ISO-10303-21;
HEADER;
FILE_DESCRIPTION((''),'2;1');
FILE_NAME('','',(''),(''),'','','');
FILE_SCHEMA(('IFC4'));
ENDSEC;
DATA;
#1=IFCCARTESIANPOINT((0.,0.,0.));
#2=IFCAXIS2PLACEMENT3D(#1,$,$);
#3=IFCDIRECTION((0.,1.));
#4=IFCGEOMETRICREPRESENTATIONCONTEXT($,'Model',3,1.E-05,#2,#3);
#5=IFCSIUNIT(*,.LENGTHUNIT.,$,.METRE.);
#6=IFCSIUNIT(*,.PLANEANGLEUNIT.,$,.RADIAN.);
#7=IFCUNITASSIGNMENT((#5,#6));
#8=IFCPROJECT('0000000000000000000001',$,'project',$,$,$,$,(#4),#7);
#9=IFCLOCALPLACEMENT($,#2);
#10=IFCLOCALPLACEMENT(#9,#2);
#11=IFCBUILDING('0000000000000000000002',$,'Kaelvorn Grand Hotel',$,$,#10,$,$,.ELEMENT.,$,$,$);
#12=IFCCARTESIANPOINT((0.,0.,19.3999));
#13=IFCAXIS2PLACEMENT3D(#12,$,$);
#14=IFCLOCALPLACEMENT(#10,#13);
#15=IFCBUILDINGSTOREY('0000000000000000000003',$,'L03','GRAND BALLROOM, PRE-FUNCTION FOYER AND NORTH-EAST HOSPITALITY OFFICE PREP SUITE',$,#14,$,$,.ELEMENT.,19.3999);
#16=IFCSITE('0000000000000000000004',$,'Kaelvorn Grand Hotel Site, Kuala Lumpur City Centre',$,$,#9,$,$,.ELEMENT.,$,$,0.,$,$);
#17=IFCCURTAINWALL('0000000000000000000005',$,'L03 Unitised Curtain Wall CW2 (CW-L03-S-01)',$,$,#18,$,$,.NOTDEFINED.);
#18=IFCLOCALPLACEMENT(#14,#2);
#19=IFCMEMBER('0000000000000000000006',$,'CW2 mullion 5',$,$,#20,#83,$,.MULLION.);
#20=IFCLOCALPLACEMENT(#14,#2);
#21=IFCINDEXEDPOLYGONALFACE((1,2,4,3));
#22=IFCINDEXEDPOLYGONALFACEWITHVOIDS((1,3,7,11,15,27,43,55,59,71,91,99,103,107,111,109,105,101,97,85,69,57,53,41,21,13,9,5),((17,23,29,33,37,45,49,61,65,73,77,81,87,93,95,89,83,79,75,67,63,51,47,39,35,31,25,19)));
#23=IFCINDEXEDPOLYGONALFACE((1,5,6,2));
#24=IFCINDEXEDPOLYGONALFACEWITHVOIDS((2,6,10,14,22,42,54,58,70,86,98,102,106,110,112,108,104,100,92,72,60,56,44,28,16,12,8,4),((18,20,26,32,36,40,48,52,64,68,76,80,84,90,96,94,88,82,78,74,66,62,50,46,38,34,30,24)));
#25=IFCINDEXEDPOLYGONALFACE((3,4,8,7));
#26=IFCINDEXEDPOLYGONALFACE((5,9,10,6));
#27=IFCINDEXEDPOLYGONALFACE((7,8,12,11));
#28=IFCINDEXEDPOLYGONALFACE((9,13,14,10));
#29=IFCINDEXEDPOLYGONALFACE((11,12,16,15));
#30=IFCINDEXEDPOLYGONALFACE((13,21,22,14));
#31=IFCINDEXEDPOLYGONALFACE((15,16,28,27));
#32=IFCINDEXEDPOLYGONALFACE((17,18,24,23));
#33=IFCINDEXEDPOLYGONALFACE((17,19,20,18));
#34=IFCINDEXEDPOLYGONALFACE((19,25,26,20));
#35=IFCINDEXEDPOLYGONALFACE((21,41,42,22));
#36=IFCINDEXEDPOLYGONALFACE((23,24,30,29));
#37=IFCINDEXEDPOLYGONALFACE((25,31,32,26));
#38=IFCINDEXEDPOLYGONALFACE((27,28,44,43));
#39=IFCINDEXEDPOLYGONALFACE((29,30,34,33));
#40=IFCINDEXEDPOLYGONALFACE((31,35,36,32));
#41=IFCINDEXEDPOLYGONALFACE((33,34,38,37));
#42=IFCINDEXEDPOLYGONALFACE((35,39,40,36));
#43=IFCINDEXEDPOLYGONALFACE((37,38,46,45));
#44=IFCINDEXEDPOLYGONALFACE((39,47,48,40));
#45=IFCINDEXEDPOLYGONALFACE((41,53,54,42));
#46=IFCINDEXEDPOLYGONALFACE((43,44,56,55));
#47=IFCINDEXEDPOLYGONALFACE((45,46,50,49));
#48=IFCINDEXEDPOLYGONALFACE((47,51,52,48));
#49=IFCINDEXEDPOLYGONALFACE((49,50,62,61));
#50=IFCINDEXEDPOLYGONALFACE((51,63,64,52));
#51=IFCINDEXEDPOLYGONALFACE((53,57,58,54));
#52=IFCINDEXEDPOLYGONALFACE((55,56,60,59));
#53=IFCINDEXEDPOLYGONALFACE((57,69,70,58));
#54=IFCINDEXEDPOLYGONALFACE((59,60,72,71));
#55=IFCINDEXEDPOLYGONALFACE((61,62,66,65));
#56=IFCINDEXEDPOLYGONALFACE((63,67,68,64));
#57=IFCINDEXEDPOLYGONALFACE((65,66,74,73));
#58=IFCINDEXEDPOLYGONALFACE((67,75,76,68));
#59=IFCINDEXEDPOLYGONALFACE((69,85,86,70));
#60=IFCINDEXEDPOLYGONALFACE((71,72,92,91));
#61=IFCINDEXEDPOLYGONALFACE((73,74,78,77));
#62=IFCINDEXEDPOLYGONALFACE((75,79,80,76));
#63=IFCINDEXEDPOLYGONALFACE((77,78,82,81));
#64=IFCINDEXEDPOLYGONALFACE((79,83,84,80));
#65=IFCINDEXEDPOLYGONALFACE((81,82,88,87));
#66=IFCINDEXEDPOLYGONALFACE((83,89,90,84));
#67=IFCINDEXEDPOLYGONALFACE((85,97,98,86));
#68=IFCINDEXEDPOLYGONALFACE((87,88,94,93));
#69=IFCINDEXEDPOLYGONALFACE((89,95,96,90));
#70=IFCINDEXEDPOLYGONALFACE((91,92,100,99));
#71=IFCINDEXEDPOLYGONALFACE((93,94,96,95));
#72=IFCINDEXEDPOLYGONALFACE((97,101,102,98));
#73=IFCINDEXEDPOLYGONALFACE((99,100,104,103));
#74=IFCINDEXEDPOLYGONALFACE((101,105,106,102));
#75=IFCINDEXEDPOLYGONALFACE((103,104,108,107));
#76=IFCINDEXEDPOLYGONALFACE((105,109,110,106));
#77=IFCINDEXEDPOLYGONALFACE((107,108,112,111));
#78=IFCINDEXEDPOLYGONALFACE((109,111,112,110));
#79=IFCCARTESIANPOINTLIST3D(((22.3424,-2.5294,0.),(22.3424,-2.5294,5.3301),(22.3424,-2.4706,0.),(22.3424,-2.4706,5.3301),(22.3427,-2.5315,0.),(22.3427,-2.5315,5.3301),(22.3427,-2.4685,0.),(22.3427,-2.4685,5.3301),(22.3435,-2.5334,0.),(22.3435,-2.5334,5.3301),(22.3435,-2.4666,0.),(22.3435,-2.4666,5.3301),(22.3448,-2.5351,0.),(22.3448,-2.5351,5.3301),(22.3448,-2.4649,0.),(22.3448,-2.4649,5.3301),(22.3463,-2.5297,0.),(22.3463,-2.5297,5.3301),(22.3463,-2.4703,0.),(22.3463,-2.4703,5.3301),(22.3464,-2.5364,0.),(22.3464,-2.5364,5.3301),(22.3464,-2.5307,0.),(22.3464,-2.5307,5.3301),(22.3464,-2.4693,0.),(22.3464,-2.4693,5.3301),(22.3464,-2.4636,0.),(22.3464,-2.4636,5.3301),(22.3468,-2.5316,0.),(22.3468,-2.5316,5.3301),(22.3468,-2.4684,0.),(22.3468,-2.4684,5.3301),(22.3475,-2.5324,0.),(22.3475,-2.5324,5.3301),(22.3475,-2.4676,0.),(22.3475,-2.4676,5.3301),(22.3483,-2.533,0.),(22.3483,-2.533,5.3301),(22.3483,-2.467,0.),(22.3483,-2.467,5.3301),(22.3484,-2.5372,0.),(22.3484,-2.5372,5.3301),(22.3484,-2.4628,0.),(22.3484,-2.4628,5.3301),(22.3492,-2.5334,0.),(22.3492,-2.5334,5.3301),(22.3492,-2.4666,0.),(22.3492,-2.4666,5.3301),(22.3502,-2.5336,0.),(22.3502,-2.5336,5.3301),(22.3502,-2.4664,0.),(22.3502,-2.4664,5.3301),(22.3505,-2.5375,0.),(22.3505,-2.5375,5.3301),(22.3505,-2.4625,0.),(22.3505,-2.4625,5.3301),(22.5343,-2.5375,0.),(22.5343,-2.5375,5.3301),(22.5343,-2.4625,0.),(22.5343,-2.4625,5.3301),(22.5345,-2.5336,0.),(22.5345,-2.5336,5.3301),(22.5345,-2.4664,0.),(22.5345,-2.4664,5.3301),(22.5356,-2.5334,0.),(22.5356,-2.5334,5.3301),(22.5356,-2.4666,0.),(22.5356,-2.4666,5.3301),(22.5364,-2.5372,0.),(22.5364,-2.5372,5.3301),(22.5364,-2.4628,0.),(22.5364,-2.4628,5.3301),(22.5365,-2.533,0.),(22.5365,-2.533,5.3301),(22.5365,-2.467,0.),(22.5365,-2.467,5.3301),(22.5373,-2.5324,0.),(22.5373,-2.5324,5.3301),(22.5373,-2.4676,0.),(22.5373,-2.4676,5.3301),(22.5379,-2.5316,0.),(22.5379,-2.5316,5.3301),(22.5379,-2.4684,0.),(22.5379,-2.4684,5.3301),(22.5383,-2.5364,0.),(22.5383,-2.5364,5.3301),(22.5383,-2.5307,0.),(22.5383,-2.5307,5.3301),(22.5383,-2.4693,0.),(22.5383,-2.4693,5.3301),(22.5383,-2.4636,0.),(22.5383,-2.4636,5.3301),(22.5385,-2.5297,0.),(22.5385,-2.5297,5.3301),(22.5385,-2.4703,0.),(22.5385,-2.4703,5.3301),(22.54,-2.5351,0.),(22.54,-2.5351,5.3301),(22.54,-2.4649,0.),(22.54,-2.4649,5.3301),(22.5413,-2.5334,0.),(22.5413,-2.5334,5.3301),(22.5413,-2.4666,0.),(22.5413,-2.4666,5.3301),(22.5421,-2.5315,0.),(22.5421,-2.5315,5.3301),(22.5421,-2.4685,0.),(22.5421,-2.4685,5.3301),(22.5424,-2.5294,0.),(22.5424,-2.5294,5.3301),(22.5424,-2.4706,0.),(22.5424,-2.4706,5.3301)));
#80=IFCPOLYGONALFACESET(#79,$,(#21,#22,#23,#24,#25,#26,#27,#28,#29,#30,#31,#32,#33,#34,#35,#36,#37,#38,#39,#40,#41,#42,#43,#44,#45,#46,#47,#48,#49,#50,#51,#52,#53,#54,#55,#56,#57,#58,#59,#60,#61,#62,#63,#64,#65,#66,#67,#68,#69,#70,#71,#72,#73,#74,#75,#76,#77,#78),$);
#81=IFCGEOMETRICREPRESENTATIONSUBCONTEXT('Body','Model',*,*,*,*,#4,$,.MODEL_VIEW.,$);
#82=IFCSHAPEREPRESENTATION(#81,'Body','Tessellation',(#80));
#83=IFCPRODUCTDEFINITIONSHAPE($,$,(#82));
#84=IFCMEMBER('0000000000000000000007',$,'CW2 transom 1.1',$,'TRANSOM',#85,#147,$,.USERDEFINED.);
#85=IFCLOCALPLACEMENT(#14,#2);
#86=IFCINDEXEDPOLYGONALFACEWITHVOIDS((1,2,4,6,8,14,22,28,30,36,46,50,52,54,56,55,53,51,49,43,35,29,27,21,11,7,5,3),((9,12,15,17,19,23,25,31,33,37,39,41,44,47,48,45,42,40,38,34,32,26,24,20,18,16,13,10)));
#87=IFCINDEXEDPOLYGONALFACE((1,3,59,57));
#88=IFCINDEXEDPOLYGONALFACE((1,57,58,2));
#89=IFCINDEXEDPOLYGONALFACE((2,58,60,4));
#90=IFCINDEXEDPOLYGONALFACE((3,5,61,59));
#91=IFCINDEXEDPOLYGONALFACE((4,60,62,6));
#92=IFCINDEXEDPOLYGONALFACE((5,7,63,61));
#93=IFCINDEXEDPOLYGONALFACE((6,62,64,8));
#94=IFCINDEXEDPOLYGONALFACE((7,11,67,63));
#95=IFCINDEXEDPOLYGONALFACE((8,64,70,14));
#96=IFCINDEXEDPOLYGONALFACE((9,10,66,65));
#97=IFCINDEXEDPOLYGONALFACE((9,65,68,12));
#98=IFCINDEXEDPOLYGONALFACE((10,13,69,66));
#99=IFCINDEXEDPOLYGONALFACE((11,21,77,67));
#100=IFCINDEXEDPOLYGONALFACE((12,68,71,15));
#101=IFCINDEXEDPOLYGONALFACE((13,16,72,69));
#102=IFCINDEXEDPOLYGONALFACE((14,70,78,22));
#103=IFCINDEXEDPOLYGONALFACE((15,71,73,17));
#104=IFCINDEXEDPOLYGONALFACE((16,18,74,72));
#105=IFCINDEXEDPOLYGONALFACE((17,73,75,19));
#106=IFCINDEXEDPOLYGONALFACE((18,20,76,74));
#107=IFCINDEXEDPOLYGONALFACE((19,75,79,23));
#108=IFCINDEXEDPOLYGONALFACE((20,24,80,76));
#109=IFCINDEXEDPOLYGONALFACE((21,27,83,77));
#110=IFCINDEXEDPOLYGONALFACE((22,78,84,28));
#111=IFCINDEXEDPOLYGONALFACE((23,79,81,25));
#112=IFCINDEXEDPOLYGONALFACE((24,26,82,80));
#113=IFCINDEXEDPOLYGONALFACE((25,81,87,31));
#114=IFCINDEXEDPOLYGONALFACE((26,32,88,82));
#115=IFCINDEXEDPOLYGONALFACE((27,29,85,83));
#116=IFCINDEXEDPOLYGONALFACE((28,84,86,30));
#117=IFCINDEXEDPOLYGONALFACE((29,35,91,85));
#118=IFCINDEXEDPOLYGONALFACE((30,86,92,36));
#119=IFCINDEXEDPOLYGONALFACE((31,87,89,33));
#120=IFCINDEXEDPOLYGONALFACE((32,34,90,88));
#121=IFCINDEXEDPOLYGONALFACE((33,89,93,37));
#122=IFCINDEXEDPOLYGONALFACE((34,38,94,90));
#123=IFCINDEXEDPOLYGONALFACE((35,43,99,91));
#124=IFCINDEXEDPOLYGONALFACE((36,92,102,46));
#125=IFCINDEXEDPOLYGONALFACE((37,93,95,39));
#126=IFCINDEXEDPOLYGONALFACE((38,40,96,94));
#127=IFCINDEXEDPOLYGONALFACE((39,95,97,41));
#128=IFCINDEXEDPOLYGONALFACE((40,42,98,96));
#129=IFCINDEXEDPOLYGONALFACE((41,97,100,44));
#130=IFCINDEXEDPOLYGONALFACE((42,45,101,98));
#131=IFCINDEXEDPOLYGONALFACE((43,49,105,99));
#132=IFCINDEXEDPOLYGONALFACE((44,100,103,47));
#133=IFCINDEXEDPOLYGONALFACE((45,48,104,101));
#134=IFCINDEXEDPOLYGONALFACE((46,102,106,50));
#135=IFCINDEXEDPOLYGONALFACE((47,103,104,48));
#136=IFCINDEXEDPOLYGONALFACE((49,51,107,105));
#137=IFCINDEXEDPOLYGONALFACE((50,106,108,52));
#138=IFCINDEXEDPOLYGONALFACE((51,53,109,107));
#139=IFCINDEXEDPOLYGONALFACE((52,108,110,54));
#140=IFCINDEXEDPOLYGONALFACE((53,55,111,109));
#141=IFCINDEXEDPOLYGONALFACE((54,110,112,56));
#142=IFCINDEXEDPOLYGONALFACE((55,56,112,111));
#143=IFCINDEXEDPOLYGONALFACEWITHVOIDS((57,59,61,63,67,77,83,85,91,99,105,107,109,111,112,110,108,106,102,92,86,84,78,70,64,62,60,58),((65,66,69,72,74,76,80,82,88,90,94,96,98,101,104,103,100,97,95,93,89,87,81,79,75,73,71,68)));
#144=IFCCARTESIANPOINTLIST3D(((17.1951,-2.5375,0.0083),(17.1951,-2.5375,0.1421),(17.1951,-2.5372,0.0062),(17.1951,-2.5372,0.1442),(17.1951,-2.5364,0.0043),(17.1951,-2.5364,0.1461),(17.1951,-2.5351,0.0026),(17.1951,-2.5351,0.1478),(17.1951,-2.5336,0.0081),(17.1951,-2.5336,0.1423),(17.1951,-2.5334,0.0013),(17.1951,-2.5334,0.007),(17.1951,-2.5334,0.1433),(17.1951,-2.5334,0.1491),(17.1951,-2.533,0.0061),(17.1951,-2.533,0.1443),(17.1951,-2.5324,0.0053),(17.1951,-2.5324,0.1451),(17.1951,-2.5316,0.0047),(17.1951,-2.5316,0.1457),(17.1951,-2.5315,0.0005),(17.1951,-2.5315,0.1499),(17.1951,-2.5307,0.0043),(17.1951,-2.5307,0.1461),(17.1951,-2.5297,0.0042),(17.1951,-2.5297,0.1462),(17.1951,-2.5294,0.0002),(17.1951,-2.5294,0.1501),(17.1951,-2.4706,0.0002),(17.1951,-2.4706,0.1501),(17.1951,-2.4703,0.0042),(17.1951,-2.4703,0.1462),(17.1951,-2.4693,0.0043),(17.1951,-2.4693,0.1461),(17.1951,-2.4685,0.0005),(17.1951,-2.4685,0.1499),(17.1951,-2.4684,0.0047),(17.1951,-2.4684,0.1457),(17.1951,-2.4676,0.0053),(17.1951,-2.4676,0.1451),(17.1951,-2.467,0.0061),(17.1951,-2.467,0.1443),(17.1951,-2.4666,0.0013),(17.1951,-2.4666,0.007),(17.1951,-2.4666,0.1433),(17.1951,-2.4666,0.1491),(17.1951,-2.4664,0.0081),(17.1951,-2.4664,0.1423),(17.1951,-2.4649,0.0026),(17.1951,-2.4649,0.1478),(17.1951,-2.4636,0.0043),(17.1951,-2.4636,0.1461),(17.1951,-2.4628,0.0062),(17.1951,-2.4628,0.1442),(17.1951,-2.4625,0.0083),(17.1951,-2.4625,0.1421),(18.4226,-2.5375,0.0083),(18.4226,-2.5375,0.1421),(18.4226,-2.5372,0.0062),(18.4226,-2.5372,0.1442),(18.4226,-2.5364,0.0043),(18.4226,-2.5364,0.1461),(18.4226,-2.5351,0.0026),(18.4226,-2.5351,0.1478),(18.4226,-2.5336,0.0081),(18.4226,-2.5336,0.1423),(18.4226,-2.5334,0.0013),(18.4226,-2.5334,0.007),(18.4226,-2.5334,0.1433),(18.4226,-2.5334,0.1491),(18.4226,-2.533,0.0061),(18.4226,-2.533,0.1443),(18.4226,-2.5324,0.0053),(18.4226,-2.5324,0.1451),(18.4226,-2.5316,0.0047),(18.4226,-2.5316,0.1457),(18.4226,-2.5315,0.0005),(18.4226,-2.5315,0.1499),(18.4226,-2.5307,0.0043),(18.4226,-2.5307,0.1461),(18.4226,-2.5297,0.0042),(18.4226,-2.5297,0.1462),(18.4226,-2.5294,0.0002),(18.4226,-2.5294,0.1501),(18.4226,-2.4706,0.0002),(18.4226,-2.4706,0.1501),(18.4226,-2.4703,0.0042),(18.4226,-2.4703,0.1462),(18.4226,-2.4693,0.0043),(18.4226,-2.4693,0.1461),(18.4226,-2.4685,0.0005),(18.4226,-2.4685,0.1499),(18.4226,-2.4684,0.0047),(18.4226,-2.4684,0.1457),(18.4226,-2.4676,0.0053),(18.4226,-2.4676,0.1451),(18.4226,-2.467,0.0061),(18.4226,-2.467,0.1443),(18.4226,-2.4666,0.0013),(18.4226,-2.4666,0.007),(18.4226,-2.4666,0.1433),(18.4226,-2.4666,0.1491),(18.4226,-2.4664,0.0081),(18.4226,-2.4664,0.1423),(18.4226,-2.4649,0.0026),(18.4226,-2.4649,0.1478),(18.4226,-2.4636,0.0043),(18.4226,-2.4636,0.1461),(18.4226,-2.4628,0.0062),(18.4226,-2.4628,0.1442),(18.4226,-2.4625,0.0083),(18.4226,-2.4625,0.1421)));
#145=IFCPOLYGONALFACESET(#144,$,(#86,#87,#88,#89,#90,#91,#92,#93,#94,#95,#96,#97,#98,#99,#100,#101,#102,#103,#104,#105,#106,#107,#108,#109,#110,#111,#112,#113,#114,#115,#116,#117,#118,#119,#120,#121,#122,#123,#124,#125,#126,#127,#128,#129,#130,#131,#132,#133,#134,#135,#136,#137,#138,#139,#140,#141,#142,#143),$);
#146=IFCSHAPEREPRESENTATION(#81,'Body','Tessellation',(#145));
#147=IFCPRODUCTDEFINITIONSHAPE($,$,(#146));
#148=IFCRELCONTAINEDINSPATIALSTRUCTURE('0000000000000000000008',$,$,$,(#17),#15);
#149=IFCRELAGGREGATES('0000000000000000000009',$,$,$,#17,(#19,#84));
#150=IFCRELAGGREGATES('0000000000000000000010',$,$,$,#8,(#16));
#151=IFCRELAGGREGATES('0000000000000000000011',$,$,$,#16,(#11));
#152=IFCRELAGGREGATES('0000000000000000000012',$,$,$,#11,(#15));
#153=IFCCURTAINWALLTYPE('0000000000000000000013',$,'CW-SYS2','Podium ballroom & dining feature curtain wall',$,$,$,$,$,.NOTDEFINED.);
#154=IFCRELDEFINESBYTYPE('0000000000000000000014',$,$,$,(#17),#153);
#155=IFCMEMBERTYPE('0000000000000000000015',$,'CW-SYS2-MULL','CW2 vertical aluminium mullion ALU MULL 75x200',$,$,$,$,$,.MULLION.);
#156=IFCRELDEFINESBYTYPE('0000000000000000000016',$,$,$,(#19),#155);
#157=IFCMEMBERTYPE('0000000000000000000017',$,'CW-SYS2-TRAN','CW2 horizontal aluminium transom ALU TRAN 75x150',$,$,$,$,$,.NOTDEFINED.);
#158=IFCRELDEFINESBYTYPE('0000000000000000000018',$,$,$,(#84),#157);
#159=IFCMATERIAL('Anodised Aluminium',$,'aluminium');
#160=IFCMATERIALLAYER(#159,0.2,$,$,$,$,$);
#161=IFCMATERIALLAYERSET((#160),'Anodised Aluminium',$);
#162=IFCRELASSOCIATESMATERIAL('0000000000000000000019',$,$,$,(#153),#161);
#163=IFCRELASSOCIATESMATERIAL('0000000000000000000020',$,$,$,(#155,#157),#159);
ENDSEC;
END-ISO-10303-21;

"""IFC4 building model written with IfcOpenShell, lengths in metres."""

from ifc_helpers import new_model, si_unit, direction, frame, origin, origin_2d, place, context, subcontext, project, spatial, hollow_rectangle, extrude, material, layer, layer_set, material_profile, profile_set, type_object, element, aggregate, save


model = new_model("IFC4")

# Units and contexts
model_context = context("Model", 3, precision=1e-05, world=origin(), true_north=direction((0.0, 1.0)))
body_context = subcontext(model_context, "Body", "Model", "MODEL_VIEW")
ifc_project = project(units=[si_unit("LENGTHUNIT", "METRE"), si_unit("PLANEANGLEUNIT", "RADIAN")], contexts=[model_context])

# Site, building, storey
site_placement = place(None, origin())
site = spatial("IfcSite", under=ifc_project, at=site_placement, Name="Kaelvorn Grand Hotel Site, Kuala Lumpur City Centre", CompositionType="ELEMENT", RefElevation=0.0)
building_placement = place(site_placement, origin())
building = spatial("IfcBuilding", under=site, at=building_placement, Name="Kaelvorn Grand Hotel", CompositionType="ELEMENT")
storey_placement = place(building_placement, frame((0.0, 0.0, 19.3999)))
storey = spatial("IfcBuildingStorey", under=building, at=storey_placement, Name="L03", Description="GRAND BALLROOM, PRE-FUNCTION FOYER AND NORTH-EAST HOSPITALITY OFFICE PREP SUITE", CompositionType="ELEMENT", Elevation=19.3999)

# Curtain wall, members
ifc_material_1 = material(Name="Anodised Aluminium", Category="aluminium")
ifc_layer_1 = layer(ifc_material_1, 0.2)
ifc_layer_set_1 = layer_set([ifc_layer_1], Name="Anodised Aluminium")
curtain_wall_type = type_object("IfcCurtainWallType", Name="CW-SYS2", Description="Podium ballroom & dining feature curtain wall", PredefinedType="NOTDEFINED", material=ifc_layer_set_1)
curtain_wall_placement = place(storey_placement, origin())
curtain_wall = element("IfcCurtainWall", 1, at=curtain_wall_placement, inside=storey, type_object=curtain_wall_type, Name="L03 Unitised Curtain Wall CW2 (CW-L03-S-01)", PredefinedType="NOTDEFINED")
ifc_material_profile_1 = material_profile(ifc_material_1, hollow_rectangle(XDim=0.075, YDim=0.2, WallThickness=0.0039, InnerFilletRadius=0.0039, OuterFilletRadius=0.0081, at=origin_2d()), Name="ALU MULL 75x200")
ifc_profile_set_1 = profile_set([ifc_material_profile_1], Name="Anodised Aluminium")
member_type_1 = type_object("IfcMemberType", Name="CW-SYS2-MULL", Description="CW2 vertical aluminium mullion ALU MULL 75x200", PredefinedType="MULLION", material=ifc_profile_set_1)
member_1_placement = place(storey_placement, frame((22.4424, -2.5, 0.0), z_axis=(0.0, 0.0, 1.0), x_axis=(0.0, 1.0, 0.0)))
member_1 = element("IfcMember", 2, at=member_1_placement, type_object=member_type_1, Name="CW2 mullion 5", PredefinedType="MULLION", context=body_context, shape_type="SweptSolid", body=[
    extrude(hollow_rectangle(XDim=0.075, YDim=0.2, WallThickness=0.0039, InnerFilletRadius=0.0039, OuterFilletRadius=0.0081, at=origin_2d()), origin(), (0.0, 0.0, 1.0), 5.3301),
])
ifc_material_profile_2 = material_profile(ifc_material_1, hollow_rectangle(XDim=0.075, YDim=0.1499, WallThickness=0.0039, InnerFilletRadius=0.0039, OuterFilletRadius=0.0081, at=origin_2d()), Name="ALU TRAN 75x150")
ifc_profile_set_2 = profile_set([ifc_material_profile_2], Name="Anodised Aluminium")
member_type_2 = type_object("IfcMemberType", Name="CW-SYS2-TRAN", Description="CW2 horizontal aluminium transom ALU TRAN 75x150", PredefinedType="NOTDEFINED", material=ifc_profile_set_2)
member_2_placement = place(storey_placement, frame((17.1951, -2.5, 0.0752), z_axis=(1.0, 0.0, 0.0), x_axis=(0.0, 1.0, 0.0)))
member_2 = element("IfcMember", 3, at=member_2_placement, type_object=member_type_2, Name="CW2 transom 1.1", ObjectType="TRANSOM", PredefinedType="USERDEFINED", context=body_context, shape_type="SweptSolid", body=[
    extrude(hollow_rectangle(XDim=0.075, YDim=0.1499, WallThickness=0.0039, InnerFilletRadius=0.0039, OuterFilletRadius=0.0081, at=origin_2d()), origin(), (0.0, 0.0, 1.0), 1.2275),
])
aggregate(curtain_wall, [member_1, member_2])

save(model, "model.ifc")
